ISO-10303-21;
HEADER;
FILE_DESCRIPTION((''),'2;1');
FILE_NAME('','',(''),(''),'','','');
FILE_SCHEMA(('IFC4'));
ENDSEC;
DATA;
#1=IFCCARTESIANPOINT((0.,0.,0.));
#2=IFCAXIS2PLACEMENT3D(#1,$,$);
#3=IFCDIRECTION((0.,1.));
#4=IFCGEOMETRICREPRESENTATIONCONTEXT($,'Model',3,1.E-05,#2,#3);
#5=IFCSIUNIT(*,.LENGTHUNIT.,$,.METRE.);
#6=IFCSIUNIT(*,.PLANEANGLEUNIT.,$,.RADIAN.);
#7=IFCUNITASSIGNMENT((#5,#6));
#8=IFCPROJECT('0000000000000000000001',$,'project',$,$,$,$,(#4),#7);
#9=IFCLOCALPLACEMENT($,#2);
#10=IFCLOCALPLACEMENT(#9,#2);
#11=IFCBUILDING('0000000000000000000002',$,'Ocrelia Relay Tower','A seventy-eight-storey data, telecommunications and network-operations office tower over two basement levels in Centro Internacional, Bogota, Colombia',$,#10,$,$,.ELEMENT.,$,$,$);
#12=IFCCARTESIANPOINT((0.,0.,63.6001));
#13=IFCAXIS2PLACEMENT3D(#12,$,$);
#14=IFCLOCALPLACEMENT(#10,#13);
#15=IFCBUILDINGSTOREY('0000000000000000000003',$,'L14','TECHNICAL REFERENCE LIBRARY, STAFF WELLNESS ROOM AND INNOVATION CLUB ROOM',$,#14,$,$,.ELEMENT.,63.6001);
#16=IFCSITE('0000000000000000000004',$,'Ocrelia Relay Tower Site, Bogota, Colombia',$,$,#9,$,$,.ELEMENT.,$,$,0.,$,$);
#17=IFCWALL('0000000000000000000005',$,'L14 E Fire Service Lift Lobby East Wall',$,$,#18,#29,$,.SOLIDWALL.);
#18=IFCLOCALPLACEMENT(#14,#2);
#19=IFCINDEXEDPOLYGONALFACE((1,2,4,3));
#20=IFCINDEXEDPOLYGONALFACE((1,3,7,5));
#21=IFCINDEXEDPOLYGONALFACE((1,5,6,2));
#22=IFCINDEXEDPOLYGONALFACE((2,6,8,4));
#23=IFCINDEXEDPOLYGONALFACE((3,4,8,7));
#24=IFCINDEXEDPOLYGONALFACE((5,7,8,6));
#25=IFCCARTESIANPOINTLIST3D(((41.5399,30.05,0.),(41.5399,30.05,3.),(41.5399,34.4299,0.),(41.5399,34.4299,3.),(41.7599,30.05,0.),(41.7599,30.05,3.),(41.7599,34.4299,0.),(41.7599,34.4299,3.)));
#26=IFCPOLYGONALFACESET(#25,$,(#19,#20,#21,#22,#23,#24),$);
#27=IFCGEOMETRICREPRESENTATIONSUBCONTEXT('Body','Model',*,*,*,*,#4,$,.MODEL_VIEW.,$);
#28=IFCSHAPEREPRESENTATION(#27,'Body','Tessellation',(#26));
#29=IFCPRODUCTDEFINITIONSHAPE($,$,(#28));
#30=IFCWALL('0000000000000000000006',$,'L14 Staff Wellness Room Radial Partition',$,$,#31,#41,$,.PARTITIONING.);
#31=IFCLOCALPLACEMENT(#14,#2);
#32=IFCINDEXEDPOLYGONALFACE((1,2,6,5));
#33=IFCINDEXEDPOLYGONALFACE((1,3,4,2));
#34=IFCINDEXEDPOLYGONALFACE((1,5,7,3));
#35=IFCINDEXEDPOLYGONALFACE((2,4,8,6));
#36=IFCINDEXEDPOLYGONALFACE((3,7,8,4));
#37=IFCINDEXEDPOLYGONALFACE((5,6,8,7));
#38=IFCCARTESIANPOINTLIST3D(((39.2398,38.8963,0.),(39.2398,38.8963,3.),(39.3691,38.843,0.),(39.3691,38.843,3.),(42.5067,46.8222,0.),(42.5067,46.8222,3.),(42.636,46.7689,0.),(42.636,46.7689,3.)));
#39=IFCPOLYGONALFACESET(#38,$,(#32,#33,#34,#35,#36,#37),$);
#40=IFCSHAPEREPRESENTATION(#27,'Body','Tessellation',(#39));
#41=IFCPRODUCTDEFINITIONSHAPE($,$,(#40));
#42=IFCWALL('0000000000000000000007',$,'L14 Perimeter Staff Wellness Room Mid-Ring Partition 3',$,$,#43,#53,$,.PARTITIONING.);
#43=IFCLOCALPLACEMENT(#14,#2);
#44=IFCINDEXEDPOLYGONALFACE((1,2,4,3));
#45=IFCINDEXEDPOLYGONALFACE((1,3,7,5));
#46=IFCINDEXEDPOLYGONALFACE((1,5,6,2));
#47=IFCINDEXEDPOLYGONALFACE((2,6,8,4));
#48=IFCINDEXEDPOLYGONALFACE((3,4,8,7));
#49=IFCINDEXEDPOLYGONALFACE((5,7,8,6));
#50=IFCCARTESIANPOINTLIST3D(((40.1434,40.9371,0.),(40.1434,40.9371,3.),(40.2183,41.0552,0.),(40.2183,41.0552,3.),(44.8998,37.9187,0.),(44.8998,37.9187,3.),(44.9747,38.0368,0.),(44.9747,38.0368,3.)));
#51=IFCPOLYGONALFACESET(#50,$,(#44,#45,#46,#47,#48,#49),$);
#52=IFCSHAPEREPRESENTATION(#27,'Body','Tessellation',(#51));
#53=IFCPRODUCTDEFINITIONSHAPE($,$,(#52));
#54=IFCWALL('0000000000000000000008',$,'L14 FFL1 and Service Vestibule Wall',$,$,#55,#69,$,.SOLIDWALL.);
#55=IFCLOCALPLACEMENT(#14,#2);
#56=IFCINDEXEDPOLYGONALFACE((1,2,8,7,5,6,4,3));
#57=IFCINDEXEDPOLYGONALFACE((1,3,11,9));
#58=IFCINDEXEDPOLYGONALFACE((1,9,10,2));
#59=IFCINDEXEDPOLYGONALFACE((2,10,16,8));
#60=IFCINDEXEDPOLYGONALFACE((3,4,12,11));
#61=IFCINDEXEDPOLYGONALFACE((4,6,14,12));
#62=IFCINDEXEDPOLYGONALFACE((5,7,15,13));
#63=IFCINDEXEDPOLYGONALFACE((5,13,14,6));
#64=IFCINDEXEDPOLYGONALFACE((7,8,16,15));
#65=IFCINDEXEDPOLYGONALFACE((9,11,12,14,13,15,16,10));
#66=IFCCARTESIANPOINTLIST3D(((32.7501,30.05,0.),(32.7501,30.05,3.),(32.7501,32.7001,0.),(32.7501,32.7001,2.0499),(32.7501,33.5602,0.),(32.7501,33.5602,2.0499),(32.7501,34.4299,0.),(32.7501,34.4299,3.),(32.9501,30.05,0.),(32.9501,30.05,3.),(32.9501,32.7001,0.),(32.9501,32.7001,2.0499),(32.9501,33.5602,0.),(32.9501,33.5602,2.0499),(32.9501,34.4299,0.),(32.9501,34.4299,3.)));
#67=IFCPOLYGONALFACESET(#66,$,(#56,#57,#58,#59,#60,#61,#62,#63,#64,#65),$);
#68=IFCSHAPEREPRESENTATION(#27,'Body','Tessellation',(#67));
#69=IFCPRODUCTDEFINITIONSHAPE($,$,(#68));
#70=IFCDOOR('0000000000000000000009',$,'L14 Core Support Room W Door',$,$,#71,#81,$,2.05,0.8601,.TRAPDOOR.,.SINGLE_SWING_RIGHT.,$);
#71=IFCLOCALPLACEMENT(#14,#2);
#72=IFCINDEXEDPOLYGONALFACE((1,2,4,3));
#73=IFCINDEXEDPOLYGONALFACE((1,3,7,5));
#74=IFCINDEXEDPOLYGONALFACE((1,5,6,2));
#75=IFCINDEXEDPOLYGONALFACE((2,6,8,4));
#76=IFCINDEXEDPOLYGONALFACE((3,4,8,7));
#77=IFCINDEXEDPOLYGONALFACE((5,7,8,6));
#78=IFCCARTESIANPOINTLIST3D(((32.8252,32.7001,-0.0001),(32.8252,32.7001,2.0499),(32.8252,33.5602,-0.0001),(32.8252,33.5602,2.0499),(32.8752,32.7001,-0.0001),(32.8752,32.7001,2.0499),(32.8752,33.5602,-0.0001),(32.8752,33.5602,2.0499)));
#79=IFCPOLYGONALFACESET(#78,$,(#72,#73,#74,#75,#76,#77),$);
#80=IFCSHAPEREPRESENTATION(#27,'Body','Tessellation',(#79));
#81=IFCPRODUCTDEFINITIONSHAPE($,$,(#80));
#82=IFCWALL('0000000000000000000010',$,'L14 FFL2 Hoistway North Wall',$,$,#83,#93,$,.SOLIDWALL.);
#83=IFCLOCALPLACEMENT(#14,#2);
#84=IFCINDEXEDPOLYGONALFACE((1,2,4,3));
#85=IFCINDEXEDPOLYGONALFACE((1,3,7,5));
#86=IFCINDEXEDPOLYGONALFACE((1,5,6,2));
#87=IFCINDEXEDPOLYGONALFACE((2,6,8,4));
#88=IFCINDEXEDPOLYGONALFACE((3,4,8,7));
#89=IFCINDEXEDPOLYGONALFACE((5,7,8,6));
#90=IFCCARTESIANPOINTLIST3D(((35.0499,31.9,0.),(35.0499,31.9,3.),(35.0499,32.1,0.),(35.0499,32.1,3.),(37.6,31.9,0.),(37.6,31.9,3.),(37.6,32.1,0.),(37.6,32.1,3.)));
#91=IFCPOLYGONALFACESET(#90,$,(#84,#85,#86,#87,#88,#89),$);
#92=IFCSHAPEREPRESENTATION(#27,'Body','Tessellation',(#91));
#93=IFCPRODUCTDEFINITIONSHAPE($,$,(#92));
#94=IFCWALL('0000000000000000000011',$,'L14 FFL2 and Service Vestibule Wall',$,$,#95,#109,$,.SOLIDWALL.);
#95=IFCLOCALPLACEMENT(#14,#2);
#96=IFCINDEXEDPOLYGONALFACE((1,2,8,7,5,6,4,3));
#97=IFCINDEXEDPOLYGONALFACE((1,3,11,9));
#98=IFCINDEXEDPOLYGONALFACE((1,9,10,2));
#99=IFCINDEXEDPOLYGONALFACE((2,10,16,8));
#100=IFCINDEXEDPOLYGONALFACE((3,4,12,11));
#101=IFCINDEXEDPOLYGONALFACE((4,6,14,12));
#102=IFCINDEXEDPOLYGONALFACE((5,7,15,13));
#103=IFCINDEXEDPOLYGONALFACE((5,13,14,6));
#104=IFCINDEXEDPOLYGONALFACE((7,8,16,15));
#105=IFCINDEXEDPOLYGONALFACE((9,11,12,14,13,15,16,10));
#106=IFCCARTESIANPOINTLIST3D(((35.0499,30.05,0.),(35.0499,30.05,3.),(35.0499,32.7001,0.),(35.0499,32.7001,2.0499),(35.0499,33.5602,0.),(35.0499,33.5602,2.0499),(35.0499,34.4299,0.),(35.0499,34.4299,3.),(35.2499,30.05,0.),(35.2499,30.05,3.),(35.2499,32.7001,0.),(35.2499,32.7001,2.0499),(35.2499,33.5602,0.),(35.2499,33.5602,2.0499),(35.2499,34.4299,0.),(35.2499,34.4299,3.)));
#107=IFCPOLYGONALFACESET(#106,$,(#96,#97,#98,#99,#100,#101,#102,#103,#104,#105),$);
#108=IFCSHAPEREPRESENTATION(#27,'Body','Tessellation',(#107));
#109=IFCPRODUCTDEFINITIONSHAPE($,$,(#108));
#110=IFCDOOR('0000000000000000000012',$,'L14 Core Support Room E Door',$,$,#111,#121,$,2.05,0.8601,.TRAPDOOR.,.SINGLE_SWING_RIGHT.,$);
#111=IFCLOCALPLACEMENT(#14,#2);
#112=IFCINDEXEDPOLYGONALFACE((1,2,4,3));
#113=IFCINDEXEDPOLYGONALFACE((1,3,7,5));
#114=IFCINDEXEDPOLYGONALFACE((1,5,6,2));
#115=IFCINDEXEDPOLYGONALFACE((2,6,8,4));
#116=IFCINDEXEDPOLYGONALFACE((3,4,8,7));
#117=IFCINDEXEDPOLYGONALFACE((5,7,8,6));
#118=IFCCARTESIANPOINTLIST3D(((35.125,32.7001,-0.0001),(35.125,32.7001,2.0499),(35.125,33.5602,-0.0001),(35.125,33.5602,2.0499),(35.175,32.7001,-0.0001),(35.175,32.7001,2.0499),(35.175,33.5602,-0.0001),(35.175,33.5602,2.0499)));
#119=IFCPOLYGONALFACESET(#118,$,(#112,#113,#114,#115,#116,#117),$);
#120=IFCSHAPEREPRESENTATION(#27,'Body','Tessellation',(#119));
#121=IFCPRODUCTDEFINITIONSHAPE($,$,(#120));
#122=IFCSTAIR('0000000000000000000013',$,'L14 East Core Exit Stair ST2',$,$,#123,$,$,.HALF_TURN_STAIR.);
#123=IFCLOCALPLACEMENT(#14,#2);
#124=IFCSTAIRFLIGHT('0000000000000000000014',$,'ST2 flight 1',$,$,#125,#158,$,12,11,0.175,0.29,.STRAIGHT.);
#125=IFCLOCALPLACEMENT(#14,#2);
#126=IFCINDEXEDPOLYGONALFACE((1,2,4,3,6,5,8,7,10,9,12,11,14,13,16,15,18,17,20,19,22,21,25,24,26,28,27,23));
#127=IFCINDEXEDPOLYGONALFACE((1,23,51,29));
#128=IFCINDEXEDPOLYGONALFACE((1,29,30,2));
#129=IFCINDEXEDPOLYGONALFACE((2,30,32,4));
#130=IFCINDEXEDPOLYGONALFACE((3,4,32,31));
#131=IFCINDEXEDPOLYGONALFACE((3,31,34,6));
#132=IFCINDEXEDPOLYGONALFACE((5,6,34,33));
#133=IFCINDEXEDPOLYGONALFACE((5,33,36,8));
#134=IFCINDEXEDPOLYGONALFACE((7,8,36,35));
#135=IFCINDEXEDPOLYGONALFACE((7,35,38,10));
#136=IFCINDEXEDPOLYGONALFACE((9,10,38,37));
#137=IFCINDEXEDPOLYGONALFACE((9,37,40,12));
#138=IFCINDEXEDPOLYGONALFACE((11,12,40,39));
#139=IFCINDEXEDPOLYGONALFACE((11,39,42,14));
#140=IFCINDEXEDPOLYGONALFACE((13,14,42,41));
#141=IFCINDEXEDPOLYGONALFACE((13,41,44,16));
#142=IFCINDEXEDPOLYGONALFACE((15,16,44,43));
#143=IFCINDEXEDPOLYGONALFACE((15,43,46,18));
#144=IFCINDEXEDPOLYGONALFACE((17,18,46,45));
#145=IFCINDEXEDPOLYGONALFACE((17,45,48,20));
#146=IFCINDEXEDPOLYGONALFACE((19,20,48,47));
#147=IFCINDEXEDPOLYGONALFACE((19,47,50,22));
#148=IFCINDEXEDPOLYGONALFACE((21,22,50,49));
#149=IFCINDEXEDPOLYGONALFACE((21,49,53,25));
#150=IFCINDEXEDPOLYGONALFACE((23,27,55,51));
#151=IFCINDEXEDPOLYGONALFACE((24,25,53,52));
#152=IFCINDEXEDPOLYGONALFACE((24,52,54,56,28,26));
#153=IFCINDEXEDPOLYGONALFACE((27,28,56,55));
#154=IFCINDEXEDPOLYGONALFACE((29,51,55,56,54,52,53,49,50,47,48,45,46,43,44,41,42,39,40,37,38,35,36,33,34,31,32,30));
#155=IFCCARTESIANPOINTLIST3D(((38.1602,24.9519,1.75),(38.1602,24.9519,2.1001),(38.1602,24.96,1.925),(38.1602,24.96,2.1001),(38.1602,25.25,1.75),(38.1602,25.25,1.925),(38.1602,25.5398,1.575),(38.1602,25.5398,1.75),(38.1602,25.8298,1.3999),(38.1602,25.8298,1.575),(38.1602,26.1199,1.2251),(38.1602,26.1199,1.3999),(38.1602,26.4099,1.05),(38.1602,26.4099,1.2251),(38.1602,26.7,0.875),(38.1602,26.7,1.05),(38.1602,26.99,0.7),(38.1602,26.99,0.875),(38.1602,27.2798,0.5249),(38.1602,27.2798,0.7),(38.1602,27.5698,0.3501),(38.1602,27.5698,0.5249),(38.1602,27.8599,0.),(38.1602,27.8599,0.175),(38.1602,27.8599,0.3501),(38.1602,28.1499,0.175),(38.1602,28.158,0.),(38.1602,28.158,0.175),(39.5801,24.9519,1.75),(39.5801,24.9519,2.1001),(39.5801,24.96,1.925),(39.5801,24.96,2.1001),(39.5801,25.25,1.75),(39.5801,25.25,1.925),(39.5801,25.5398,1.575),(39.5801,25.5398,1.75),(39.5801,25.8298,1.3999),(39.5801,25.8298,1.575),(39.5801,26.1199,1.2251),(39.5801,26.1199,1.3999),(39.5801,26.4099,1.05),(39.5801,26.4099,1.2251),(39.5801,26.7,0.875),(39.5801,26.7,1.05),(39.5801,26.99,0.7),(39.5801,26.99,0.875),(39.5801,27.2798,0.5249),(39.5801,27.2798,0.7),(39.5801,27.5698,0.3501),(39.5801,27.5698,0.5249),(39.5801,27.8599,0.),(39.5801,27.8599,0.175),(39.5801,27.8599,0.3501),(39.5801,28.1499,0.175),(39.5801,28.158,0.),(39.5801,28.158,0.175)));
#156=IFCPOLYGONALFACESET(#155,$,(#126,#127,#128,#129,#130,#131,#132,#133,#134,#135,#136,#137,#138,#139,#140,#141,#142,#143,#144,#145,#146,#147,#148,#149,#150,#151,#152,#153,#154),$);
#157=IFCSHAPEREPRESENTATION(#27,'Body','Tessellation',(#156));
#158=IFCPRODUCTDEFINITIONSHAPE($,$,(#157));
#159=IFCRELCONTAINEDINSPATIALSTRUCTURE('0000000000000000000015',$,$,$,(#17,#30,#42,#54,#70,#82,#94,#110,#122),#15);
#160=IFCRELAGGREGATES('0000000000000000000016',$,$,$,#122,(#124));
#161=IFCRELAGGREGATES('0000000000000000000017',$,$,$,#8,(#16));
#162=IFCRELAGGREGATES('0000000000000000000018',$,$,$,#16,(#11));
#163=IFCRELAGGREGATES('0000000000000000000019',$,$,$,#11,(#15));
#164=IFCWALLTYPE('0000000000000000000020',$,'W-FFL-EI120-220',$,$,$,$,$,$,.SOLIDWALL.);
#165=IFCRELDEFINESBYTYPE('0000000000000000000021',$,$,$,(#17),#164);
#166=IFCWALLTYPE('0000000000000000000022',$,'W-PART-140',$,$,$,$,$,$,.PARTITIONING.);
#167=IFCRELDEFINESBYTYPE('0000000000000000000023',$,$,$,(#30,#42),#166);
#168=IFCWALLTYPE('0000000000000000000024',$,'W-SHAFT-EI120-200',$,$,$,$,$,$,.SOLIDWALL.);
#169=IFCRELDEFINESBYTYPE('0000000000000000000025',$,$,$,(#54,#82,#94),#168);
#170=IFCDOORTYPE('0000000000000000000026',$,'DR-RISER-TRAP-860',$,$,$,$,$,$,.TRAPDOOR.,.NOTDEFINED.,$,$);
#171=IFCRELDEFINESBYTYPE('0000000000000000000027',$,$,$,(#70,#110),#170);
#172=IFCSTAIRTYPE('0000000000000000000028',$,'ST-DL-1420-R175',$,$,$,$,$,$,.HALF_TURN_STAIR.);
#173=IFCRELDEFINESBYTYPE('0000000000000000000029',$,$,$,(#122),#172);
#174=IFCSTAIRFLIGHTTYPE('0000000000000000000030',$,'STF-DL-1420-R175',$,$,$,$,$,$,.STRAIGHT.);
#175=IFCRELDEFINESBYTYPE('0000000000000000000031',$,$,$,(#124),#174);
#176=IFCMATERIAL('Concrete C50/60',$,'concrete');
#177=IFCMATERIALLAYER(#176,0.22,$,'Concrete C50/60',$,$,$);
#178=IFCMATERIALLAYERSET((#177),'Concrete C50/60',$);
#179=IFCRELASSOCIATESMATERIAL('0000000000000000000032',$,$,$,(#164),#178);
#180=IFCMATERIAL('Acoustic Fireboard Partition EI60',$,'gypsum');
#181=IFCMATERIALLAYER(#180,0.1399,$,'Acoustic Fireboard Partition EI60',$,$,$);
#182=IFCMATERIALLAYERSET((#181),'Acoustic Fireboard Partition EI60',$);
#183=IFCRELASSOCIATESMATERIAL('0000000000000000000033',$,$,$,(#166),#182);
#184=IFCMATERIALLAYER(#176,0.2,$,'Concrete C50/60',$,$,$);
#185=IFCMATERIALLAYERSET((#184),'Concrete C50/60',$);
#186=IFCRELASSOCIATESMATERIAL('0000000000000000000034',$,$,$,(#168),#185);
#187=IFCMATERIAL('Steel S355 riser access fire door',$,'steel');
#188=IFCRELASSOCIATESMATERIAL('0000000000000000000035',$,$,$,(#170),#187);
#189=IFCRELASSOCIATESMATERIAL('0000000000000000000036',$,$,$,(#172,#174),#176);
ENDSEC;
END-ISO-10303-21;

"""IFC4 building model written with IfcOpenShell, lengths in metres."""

from ifc_helpers import new_model, si_unit, direction, frame, frame_2d, origin, place, context, subcontext, project, spatial, polyline, rectangle, outline, extrude, material, layer, layer_set, type_object, element, fill, aggregate, save


model = new_model("IFC4")

# Units and contexts
model_context = context("Model", 3, precision=1e-05, world=origin(), true_north=direction((0.0, 1.0)))
body_context = subcontext(model_context, "Body", "Model", "MODEL_VIEW")
ifc_project = project(units=[si_unit("LENGTHUNIT", "METRE"), si_unit("PLANEANGLEUNIT", "RADIAN")], contexts=[model_context])

# Site, building, storey
site_placement = place(None, origin())
site = spatial("IfcSite", under=ifc_project, at=site_placement, Name="Ocrelia Relay Tower Site, Bogota, Colombia", CompositionType="ELEMENT", RefElevation=0.0)
building_placement = place(site_placement, origin())
building = spatial("IfcBuilding", under=site, at=building_placement, Name="Ocrelia Relay Tower", Description="A seventy-eight-storey data, telecommunications and network-operations office tower over two basement levels in Centro Internacional, Bogota, Colombia", CompositionType="ELEMENT")
storey_placement = place(building_placement, frame((0.0, 0.0, 63.6001)))
storey = spatial("IfcBuildingStorey", under=building, at=storey_placement, Name="L14", Description="TECHNICAL REFERENCE LIBRARY, STAFF WELLNESS ROOM AND INNOVATION CLUB ROOM", CompositionType="ELEMENT", Elevation=63.6001)

# Shared definitions
ifc_material_1 = material(Name="Concrete C50/60", Category="concrete")
ifc_layer_1 = layer(ifc_material_1, 0.22, Name="Concrete C50/60")
ifc_layer_set_1 = layer_set([ifc_layer_1], Name="Concrete C50/60")
wall_type_1 = type_object("IfcWallType", Name="W-FFL-EI120-220", PredefinedType="SOLIDWALL", material=ifc_layer_set_1)

# Wall
wall_1_placement = place(storey_placement, frame((41.6499, 30.05, 0.0), z_axis=(0.0, 0.0, 1.0), x_axis=(0.0, 1.0, 0.0)))
element("IfcWall", 1, at=wall_1_placement, inside=storey, type_object=wall_type_1, Name="L14 E Fire Service Lift Lobby East Wall", PredefinedType="SOLIDWALL", context=body_context, shape_type="SweptSolid", body=[
    extrude(rectangle(XDim=4.3799, YDim=0.22, at=frame_2d((2.1899, 0.0))), origin(), (0.0, 0.0, 1.0), 3.0),
])

# Walls
ifc_material_2 = material(Name="Acoustic Fireboard Partition EI60", Category="gypsum")
ifc_layer_2 = layer(ifc_material_2, 0.1399, Name="Acoustic Fireboard Partition EI60")
ifc_layer_set_2 = layer_set([ifc_layer_2], Name="Acoustic Fireboard Partition EI60")
wall_type_2 = type_object("IfcWallType", Name="W-PART-140", PredefinedType="PARTITIONING", material=ifc_layer_set_2)
wall_2_placement = place(storey_placement, frame((39.3044, 38.8696, 0.0), z_axis=(0.0, 0.0, 1.0), x_axis=(0.381078, 0.924543, 0.0)))
element("IfcWall", 2, at=wall_2_placement, inside=storey, type_object=wall_type_2, Name="L14 Staff Wellness Room Radial Partition", PredefinedType="PARTITIONING", context=body_context, shape_type="SweptSolid", body=[
    extrude(rectangle(XDim=8.5728, YDim=0.1399, at=frame_2d((4.2864, 0.0))), origin(), (0.0, 0.0, 1.0), 3.0),
])
wall_3_placement = place(storey_placement, frame((44.9373, 37.9778, 0.0), z_axis=(0.0, 0.0, 1.0), x_axis=(-0.844341, 0.535807, 0.0)))
element("IfcWall", 3, at=wall_3_placement, inside=storey, type_object=wall_type_2, Name="L14 Perimeter Staff Wellness Room Mid-Ring Partition 3", PredefinedType="PARTITIONING", context=body_context, shape_type="SweptSolid", body=[
    extrude(rectangle(XDim=5.6333, YDim=0.1399, at=frame_2d((2.8167, 0.0))), origin(), (0.0, 0.0, 1.0), 3.0),
])

# Wall, opening, door
ifc_layer_3 = layer(ifc_material_1, 0.2, Name="Concrete C50/60")
ifc_layer_set_3 = layer_set([ifc_layer_3], Name="Concrete C50/60")
wall_type_3 = type_object("IfcWallType", Name="W-SHAFT-EI120-200", PredefinedType="SOLIDWALL", material=ifc_layer_set_3)
wall_4_placement = place(storey_placement, frame((32.8501, 30.05, 0.0), z_axis=(0.0, 0.0, 1.0), x_axis=(0.0, 1.0, 0.0)))
wall_4 = element("IfcWall", 4, at=wall_4_placement, inside=storey, type_object=wall_type_3, Name="L14 FFL1 and Service Vestibule Wall", PredefinedType="SOLIDWALL", context=body_context, shape_type="SweptSolid", body=[
    extrude(rectangle(XDim=4.3799, YDim=0.2, at=frame_2d((2.1899, 0.0))), origin(), (0.0, 0.0, 1.0), 3.0),
])
opening_1_placement = place(wall_4_placement, frame((2.6499, 0.0, 0.0)))
opening_1 = element("IfcOpeningElement", 5, at=opening_1_placement, cuts=wall_4, PredefinedType="OPENING", context=body_context, shape_type="SweptSolid", body=[
    extrude(rectangle(XDim=0.8601, YDim=2.05, at=frame_2d((0.4302, 1.0249))), frame((0.0, 0.1099, 0.0), z_axis=(0.0, -1.0, 0.0), x_axis=(1.0, 0.0, 0.0)), (0.0, 0.0, 1.0), 0.22),
])
ifc_material_3 = material(Name="Steel S355 riser access fire door", Category="steel")
door_type_1 = type_object("IfcDoorType", Name="DR-RISER-TRAP-860", OperationType="NOTDEFINED", PredefinedType="TRAPDOOR", material=ifc_material_3)
door_1_placement = place(opening_1_placement, origin())
door_1 = element("IfcDoor", 6, at=door_1_placement, inside=storey, type_object=door_type_1, Name="L14 Core Support Room W Door", OperationType="SINGLE_SWING_RIGHT", OverallHeight=2.05, OverallWidth=0.8601, PredefinedType="TRAPDOOR", context=body_context, shape_type="SweptSolid", body=[
    extrude(rectangle(XDim=0.8601, YDim=2.05, at=frame_2d((0.4302, 1.0249))), frame((0.0, 0.0249, 0.0), z_axis=(0.0, -1.0, 0.0), x_axis=(1.0, 0.0, 0.0)), (0.0, 0.0, 1.0), 0.05),
])
fill(opening_1, door_1)

# Wall
wall_5_placement = place(storey_placement, frame((35.05, 32.0, 0.0), z_axis=(0.0, 0.0, 1.0), x_axis=(1.0, 0.0, 0.0)))
element("IfcWall", 7, at=wall_5_placement, inside=storey, type_object=wall_type_3, Name="L14 FFL2 Hoistway North Wall", PredefinedType="SOLIDWALL", context=body_context, shape_type="SweptSolid", body=[
    extrude(rectangle(XDim=2.55, YDim=0.2, at=frame_2d((1.2749, 0.0))), origin(), (0.0, 0.0, 1.0), 3.0),
])

# Wall, opening, door
wall_6_placement = place(storey_placement, frame((35.1499, 30.05, 0.0), z_axis=(0.0, 0.0, 1.0), x_axis=(0.0, 1.0, 0.0)))
wall_6 = element("IfcWall", 8, at=wall_6_placement, inside=storey, type_object=wall_type_3, Name="L14 FFL2 and Service Vestibule Wall", PredefinedType="SOLIDWALL", context=body_context, shape_type="SweptSolid", body=[
    extrude(rectangle(XDim=4.3799, YDim=0.2, at=frame_2d((2.1899, 0.0))), origin(), (0.0, 0.0, 1.0), 3.0),
])
opening_2_placement = place(wall_6_placement, frame((2.6499, 0.0, 0.0)))
opening_2 = element("IfcOpeningElement", 9, at=opening_2_placement, cuts=wall_6, PredefinedType="OPENING", context=body_context, shape_type="SweptSolid", body=[
    extrude(rectangle(XDim=0.8601, YDim=2.05, at=frame_2d((0.4302, 1.0249))), frame((0.0, 0.1099, 0.0), z_axis=(0.0, -1.0, 0.0), x_axis=(1.0, 0.0, 0.0)), (0.0, 0.0, 1.0), 0.22),
])
door_2_placement = place(opening_2_placement, origin())
door_2 = element("IfcDoor", 10, at=door_2_placement, inside=storey, type_object=door_type_1, Name="L14 Core Support Room E Door", OperationType="SINGLE_SWING_RIGHT", OverallHeight=2.05, OverallWidth=0.8601, PredefinedType="TRAPDOOR", context=body_context, shape_type="SweptSolid", body=[
    extrude(rectangle(XDim=0.8601, YDim=2.05, at=frame_2d((0.4302, 1.0249))), frame((0.0, 0.0249, 0.0), z_axis=(0.0, -1.0, 0.0), x_axis=(1.0, 0.0, 0.0)), (0.0, 0.0, 1.0), 0.05),
])
fill(opening_2, door_2)

# Stair, stair flight
stair_type = type_object("IfcStairType", Name="ST-DL-1420-R175", PredefinedType="HALF_TURN_STAIR", material=ifc_material_1)
stair_placement = place(storey_placement, origin())
stair = element("IfcStair", 11, at=stair_placement, inside=storey, type_object=stair_type, Name="L14 East Core Exit Stair ST2", PredefinedType="HALF_TURN_STAIR")
stair_flight_type = type_object("IfcStairFlightType", Name="STF-DL-1420-R175", PredefinedType="STRAIGHT", material=ifc_material_1)
stair_flight_placement = place(storey_placement, frame((38.8701, 28.1499, 0.0), z_axis=(0.0, 0.0, 1.0), x_axis=(0.0, -1.0, 0.0)))
stair_flight = element("IfcStairFlight", 12, at=stair_flight_placement, type_object=stair_flight_type, Name="ST2 flight 1", NumberOfRisers=12, NumberOfTreads=11, PredefinedType="STRAIGHT", RiserHeight=0.175, TreadLength=0.29, context=body_context, shape_type="SweptSolid", body=[
    extrude(outline(polyline([(-0.0081, 0.0), (-0.0081, 0.175), (0.0, 0.175), (0.29, 0.175), (0.29, 0.3501), (0.5801, 0.3501), (0.5801, 0.5249), (0.8701, 0.5249), (0.8701, 0.7), (1.1599, 0.7), (1.1599, 0.875), (1.45, 0.875), (1.45, 1.05), (1.74, 1.05), (1.74, 1.2251), (2.03, 1.2251), (2.03, 1.3999), (2.3201, 1.3999), (2.3201, 1.575), (2.6101, 1.575), (2.6101, 1.75), (2.8999, 1.75), (2.8999, 1.925), (3.1899, 1.925), (3.1899, 2.1001), (3.198, 2.1001), (3.198, 1.75), (0.29, 0.0), (-0.0081, 0.0)])), frame((0.0, 0.71, 0.0), z_axis=(0.0, -1.0, 0.0), x_axis=(1.0, 0.0, 0.0)), (0.0, 0.0, 1.0), 1.4199),
])
aggregate(stair, [stair_flight])

save(model, "model.ifc")
